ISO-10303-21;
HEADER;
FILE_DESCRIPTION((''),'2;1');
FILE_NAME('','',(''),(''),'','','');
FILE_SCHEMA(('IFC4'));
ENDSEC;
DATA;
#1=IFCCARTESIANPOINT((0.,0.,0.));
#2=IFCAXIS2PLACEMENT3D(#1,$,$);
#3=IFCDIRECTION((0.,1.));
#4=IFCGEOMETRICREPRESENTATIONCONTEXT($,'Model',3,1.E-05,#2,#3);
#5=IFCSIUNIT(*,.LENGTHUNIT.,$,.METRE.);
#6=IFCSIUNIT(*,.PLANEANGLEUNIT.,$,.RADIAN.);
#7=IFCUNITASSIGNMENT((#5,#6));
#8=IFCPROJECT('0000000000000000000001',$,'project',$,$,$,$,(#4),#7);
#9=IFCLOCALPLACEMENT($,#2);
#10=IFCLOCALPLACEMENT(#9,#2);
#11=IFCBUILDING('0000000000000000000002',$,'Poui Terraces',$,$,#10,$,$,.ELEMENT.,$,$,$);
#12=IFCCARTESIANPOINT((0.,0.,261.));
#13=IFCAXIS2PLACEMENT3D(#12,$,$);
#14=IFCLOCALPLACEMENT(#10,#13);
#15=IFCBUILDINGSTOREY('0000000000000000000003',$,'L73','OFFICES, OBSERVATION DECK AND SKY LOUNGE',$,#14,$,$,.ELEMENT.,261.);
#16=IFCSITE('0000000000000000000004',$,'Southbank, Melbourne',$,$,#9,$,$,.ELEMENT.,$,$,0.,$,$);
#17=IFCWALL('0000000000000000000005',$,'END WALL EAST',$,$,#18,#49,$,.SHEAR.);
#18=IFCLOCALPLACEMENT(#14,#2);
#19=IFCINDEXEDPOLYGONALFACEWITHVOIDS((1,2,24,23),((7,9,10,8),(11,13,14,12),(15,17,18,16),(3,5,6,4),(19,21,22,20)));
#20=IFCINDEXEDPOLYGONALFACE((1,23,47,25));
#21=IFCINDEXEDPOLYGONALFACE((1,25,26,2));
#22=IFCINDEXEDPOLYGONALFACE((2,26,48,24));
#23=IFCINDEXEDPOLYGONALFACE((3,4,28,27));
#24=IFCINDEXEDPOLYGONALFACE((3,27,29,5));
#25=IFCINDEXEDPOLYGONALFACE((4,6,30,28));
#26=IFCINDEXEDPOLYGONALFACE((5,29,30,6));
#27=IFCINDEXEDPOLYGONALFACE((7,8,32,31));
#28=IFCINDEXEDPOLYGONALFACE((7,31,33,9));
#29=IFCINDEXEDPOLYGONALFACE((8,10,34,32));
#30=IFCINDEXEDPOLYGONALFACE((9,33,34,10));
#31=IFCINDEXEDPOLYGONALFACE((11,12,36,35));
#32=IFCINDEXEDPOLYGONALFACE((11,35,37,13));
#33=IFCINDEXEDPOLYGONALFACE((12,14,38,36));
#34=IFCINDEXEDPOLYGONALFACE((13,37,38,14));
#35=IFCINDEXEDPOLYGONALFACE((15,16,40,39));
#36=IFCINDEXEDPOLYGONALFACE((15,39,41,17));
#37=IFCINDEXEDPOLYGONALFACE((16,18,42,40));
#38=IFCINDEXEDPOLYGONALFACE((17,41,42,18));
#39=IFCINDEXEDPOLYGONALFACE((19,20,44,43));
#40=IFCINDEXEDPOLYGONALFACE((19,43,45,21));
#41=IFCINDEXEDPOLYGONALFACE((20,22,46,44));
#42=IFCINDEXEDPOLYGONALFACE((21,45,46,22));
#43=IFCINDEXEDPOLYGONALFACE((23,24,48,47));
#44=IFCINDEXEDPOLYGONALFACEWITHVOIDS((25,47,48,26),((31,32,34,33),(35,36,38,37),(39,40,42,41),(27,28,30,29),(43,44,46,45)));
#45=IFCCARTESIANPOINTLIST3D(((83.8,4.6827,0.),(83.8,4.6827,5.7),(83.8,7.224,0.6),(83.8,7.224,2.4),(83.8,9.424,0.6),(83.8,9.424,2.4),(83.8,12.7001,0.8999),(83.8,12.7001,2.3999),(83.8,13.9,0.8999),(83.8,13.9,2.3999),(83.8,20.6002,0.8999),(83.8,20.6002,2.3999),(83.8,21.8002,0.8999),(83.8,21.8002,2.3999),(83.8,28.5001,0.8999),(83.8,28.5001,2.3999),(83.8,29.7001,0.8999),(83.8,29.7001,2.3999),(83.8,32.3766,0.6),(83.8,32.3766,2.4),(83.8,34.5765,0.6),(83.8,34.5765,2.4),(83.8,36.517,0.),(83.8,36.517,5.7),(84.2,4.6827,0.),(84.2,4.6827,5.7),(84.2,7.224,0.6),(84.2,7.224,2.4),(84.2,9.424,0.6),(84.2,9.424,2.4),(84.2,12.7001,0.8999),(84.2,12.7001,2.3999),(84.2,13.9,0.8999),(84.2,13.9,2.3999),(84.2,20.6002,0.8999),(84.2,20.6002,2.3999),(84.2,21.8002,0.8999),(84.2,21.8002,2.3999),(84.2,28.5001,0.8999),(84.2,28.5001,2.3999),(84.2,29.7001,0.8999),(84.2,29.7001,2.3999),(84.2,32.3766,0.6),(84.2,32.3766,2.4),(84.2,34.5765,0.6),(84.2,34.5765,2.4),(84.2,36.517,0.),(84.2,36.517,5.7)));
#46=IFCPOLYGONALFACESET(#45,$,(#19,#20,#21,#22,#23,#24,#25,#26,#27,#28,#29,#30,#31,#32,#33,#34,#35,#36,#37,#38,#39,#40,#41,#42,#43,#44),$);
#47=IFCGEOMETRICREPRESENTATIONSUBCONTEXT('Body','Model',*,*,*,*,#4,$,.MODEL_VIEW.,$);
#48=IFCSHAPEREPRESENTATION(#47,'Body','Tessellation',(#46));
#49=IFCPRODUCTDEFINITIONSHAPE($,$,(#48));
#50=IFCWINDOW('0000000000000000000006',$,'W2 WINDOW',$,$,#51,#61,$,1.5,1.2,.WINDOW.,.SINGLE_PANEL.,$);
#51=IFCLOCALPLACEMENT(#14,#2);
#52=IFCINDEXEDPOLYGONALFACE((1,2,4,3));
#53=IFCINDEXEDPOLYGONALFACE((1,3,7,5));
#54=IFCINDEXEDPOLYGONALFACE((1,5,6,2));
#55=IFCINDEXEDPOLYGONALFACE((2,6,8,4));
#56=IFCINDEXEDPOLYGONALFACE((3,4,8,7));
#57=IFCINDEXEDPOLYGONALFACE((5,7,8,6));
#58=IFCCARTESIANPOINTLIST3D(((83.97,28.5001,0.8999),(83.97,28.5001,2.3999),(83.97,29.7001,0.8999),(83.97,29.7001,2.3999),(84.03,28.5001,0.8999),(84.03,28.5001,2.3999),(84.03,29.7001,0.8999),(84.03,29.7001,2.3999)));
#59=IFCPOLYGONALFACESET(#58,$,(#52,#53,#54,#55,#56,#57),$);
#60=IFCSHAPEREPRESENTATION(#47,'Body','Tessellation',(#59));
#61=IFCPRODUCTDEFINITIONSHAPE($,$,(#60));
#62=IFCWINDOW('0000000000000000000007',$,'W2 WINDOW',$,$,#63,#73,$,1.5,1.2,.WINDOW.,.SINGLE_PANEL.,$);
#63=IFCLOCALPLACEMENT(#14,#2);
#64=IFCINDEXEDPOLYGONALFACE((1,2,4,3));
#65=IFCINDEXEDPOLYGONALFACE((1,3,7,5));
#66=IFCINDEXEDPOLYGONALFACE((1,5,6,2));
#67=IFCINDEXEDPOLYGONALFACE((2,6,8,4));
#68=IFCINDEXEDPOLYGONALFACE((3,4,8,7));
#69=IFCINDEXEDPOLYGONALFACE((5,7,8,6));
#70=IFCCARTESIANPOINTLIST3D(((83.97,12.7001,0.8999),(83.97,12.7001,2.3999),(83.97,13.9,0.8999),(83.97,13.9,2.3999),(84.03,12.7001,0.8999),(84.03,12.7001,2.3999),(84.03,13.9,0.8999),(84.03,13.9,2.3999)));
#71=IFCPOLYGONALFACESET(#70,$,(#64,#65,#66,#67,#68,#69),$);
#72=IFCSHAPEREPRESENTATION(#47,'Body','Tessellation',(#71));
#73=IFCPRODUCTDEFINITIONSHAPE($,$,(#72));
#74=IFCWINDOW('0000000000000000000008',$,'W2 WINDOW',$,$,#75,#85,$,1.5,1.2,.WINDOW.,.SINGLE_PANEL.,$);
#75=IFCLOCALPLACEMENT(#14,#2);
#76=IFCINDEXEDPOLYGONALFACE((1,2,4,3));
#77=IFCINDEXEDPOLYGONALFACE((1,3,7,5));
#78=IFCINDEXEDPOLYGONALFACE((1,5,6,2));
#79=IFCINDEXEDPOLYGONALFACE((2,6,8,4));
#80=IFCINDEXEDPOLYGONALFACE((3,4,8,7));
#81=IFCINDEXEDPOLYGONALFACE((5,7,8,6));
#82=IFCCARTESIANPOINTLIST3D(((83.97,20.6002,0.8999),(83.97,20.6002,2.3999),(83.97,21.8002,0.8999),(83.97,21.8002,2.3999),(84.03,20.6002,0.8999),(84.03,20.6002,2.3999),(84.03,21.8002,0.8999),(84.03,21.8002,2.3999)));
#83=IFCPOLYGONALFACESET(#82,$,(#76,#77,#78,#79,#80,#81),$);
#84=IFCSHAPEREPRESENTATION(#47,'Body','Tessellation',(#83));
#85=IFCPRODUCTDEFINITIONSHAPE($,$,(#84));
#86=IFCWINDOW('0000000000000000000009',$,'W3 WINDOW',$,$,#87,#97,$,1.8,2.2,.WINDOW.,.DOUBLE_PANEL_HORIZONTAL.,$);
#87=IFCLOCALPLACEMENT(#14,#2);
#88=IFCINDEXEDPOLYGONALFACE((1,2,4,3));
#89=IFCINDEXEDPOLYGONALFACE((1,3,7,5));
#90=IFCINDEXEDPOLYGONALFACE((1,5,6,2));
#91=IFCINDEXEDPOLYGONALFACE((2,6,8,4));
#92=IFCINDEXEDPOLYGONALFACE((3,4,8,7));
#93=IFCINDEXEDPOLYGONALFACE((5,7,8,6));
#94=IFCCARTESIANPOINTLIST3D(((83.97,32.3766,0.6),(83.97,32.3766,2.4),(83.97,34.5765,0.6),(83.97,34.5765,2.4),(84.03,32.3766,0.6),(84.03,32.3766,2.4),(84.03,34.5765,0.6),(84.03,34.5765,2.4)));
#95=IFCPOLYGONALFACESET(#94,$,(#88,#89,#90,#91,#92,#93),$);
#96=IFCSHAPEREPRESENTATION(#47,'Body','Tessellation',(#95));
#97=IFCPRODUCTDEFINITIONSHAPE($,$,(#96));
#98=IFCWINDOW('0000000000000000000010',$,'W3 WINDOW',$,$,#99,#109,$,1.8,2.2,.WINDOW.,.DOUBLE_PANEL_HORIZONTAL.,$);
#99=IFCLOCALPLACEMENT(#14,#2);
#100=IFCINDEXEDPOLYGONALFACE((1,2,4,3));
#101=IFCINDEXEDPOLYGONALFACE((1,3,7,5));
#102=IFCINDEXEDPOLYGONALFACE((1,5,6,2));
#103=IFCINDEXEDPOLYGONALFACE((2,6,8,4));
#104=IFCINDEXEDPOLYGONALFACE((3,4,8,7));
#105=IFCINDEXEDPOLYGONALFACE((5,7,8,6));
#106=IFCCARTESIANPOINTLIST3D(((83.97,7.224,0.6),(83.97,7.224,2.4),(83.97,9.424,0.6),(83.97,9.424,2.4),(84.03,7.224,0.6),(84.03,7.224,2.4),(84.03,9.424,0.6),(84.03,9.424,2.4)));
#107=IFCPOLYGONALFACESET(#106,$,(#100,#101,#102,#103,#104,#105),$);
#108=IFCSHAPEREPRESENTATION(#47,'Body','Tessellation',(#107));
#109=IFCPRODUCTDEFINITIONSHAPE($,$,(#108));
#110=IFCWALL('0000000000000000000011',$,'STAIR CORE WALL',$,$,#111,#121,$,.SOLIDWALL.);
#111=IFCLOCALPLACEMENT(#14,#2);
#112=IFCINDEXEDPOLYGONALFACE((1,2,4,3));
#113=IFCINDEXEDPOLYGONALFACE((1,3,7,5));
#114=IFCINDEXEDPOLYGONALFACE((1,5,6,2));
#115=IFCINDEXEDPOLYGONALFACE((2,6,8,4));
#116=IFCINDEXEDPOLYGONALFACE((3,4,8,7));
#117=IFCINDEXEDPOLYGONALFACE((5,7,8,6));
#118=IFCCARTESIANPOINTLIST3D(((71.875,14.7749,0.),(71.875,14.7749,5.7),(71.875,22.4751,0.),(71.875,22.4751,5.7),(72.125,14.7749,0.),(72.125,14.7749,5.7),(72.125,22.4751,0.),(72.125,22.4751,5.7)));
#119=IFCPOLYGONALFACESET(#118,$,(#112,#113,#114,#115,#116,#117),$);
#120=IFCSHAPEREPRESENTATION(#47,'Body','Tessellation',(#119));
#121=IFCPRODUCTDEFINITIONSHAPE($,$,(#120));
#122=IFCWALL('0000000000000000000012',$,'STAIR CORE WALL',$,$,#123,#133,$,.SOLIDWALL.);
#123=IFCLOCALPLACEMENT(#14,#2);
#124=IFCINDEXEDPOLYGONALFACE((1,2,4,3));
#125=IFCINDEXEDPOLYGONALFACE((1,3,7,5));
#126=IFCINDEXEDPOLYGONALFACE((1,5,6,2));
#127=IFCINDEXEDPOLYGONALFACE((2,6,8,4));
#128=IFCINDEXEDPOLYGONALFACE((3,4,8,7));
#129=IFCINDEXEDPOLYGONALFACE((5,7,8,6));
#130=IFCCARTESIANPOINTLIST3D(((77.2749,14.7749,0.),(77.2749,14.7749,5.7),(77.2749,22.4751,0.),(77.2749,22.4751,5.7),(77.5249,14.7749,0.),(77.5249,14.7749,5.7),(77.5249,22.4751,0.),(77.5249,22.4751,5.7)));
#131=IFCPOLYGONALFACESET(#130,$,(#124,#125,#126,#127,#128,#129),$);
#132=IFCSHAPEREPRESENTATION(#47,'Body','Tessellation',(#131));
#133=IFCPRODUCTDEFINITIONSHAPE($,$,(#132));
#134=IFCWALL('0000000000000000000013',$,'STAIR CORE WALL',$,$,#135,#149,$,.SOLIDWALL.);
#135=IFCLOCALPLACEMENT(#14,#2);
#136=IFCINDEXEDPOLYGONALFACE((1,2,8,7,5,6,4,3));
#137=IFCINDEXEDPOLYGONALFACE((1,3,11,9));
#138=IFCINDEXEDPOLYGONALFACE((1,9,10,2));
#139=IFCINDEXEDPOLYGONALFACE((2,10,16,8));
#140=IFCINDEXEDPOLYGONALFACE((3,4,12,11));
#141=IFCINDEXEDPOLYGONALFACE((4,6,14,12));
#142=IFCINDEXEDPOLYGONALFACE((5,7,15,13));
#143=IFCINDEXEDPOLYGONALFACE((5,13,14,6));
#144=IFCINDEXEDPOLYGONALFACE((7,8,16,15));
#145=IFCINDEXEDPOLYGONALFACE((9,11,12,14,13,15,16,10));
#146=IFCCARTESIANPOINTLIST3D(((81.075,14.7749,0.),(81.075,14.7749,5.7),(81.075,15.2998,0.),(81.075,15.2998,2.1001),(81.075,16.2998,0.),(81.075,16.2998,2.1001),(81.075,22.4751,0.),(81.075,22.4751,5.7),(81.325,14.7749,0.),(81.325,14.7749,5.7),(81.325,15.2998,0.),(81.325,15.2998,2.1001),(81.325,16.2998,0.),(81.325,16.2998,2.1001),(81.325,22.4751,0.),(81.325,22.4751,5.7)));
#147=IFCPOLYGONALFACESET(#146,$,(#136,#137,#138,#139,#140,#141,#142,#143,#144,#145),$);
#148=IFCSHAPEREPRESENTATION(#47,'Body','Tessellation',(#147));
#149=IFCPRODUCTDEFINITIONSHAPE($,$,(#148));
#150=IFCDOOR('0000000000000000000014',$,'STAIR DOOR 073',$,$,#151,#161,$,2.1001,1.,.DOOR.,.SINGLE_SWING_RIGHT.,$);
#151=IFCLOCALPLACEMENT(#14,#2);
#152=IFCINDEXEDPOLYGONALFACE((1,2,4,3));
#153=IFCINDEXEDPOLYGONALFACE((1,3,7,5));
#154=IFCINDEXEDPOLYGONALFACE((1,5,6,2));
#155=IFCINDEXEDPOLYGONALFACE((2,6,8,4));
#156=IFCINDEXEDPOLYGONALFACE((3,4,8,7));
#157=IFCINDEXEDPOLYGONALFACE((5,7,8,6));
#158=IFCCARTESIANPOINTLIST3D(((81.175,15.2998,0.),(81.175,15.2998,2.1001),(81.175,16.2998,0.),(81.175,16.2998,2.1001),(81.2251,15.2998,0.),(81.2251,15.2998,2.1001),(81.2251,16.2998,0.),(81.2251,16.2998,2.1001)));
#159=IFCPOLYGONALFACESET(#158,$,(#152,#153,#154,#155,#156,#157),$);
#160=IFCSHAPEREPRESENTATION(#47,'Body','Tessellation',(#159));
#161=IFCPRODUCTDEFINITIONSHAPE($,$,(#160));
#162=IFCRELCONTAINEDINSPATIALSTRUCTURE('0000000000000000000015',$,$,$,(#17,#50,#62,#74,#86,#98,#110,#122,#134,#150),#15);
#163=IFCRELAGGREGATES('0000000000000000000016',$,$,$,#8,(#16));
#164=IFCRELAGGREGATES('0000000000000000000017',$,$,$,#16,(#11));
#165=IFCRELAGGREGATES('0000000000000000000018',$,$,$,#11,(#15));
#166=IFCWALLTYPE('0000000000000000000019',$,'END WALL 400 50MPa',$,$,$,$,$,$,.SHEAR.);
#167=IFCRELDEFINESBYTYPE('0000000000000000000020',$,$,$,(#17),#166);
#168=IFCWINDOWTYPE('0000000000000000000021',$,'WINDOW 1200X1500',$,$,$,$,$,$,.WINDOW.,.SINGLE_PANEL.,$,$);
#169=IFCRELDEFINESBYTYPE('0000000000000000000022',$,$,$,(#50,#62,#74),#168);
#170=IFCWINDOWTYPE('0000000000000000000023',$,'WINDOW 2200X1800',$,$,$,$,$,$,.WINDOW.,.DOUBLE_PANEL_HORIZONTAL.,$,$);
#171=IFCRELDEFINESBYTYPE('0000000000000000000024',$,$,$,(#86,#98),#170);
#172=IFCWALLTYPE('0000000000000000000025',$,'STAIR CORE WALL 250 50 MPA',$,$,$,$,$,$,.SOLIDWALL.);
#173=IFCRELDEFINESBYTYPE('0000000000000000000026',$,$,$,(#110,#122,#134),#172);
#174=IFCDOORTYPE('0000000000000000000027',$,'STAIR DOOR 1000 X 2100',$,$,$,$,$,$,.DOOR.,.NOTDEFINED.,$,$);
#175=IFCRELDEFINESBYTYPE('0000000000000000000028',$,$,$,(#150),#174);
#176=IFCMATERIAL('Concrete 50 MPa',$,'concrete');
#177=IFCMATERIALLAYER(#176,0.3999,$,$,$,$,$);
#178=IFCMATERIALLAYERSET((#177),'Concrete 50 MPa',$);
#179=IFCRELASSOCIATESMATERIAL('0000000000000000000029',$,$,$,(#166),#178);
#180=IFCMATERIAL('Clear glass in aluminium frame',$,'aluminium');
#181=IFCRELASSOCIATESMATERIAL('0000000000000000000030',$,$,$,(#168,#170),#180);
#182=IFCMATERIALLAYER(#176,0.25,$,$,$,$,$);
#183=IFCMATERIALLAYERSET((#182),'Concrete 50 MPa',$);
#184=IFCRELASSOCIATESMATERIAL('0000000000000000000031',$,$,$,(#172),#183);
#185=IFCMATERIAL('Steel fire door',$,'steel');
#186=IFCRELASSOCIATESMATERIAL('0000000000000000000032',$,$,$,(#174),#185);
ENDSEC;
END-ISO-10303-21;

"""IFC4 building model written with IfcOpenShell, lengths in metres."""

from ifc_helpers import new_model, si_unit, direction, frame, frame_2d, origin, place, context, subcontext, project, spatial, rectangle, extrude, material, layer, layer_set, type_object, element, fill, save


model = new_model("IFC4")

# Units and contexts
model_context = context("Model", 3, precision=1e-05, world=origin(), true_north=direction((0.0, 1.0)))
body_context = subcontext(model_context, "Body", "Model", "MODEL_VIEW")
ifc_project = project(units=[si_unit("LENGTHUNIT", "METRE"), si_unit("PLANEANGLEUNIT", "RADIAN")], contexts=[model_context])

# Site, building, storey
site_placement = place(None, origin())
site = spatial("IfcSite", under=ifc_project, at=site_placement, Name="Southbank, Melbourne", CompositionType="ELEMENT", RefElevation=0.0)
building_placement = place(site_placement, origin())
building = spatial("IfcBuilding", under=site, at=building_placement, Name="Poui Terraces", CompositionType="ELEMENT")
storey_placement = place(building_placement, frame((0.0, 0.0, 261.0)))
storey = spatial("IfcBuildingStorey", under=building, at=storey_placement, Name="L73", Description="OFFICES, OBSERVATION DECK AND SKY LOUNGE", CompositionType="ELEMENT", Elevation=261.0)

# Shared definitions
ifc_material_1 = material(Name="Concrete 50 MPa", Category="concrete")

# Wall, openings, windows
ifc_layer_1 = layer(ifc_material_1, 0.3999)
ifc_layer_set_1 = layer_set([ifc_layer_1], Name="Concrete 50 MPa")
wall_type_1 = type_object("IfcWallType", Name="END WALL 400 50MPa", PredefinedType="SHEAR", material=ifc_layer_set_1)
wall_1_placement = place(storey_placement, frame((84.0, 4.6829, 0.0), z_axis=(0.0, 0.0, 1.0), x_axis=(0.0, 1.0, 0.0)))
wall_1 = element("IfcWall", 1, at=wall_1_placement, inside=storey, type_object=wall_type_1, Name="END WALL EAST", PredefinedType="SHEAR", context=body_context, shape_type="SweptSolid", body=[
    extrude(rectangle(XDim=31.8342, YDim=0.3999, at=frame_2d((15.917, 0.0))), origin(), (0.0, 0.0, 1.0), 5.7),
])
opening_1_placement = place(wall_1_placement, frame((23.8171, 0.0, 0.8999)))
opening_1 = element("IfcOpeningElement", 2, at=opening_1_placement, cuts=wall_1, PredefinedType="OPENING", context=body_context, shape_type="SweptSolid", body=[
    extrude(rectangle(XDim=1.2, YDim=1.5, at=frame_2d((0.6001, 0.75))), frame((0.0, 0.21, 0.0), z_axis=(0.0, -1.0, 0.0), x_axis=(1.0, 0.0, 0.0)), (0.0, 0.0, 1.0), 0.4199),
])
opening_2_placement = place(wall_1_placement, frame((8.0171, 0.0, 0.8999)))
opening_2 = element("IfcOpeningElement", 3, at=opening_2_placement, cuts=wall_1, PredefinedType="OPENING", context=body_context, shape_type="SweptSolid", body=[
    extrude(rectangle(XDim=1.2, YDim=1.5, at=frame_2d((0.6001, 0.75))), frame((0.0, 0.21, 0.0), z_axis=(0.0, -1.0, 0.0), x_axis=(1.0, 0.0, 0.0)), (0.0, 0.0, 1.0), 0.4199),
])
opening_3_placement = place(wall_1_placement, frame((27.6936, 0.0, 0.6001)))
opening_3 = element("IfcOpeningElement", 4, at=opening_3_placement, cuts=wall_1, PredefinedType="OPENING", context=body_context, shape_type="SweptSolid", body=[
    extrude(rectangle(XDim=2.2, YDim=1.8, at=frame_2d((1.1001, 0.8999))), frame((0.0, 0.21, 0.0), z_axis=(0.0, -1.0, 0.0), x_axis=(1.0, 0.0, 0.0)), (0.0, 0.0, 1.0), 0.4199),
])
opening_4_placement = place(wall_1_placement, frame((2.541, 0.0, 0.6001)))
opening_4 = element("IfcOpeningElement", 5, at=opening_4_placement, cuts=wall_1, PredefinedType="OPENING", context=body_context, shape_type="SweptSolid", body=[
    extrude(rectangle(XDim=2.2, YDim=1.8, at=frame_2d((1.1001, 0.8999))), frame((0.0, 0.21, 0.0), z_axis=(0.0, -1.0, 0.0), x_axis=(1.0, 0.0, 0.0)), (0.0, 0.0, 1.0), 0.4199),
])
opening_5_placement = place(wall_1_placement, frame((15.9172, 0.0, 0.8999)))
opening_5 = element("IfcOpeningElement", 6, at=opening_5_placement, cuts=wall_1, PredefinedType="OPENING", context=body_context, shape_type="SweptSolid", body=[
    extrude(rectangle(XDim=1.2, YDim=1.5, at=frame_2d((0.6001, 0.75))), frame((0.0, 0.21, 0.0), z_axis=(0.0, -1.0, 0.0), x_axis=(1.0, 0.0, 0.0)), (0.0, 0.0, 1.0), 0.4199),
])
ifc_material_2 = material(Name="Clear glass in aluminium frame", Category="aluminium")
window_type_1 = type_object("IfcWindowType", Name="WINDOW 1200X1500", PartitioningType="SINGLE_PANEL", PredefinedType="WINDOW", material=ifc_material_2)
window_1_placement = place(opening_1_placement, origin())
window_1 = element("IfcWindow", 7, at=window_1_placement, inside=storey, type_object=window_type_1, Name="W2 WINDOW", OverallHeight=1.5, OverallWidth=1.2, PartitioningType="SINGLE_PANEL", PredefinedType="WINDOW", context=body_context, shape_type="SweptSolid", body=[
    extrude(rectangle(XDim=1.2, YDim=1.5, at=frame_2d((0.6001, 0.75))), frame((0.0, 0.03, 0.0), z_axis=(0.0, -1.0, 0.0), x_axis=(1.0, 0.0, 0.0)), (0.0, 0.0, 1.0), 0.0601),
])
fill(opening_1, window_1)
window_2_placement = place(opening_2_placement, origin())
window_2 = element("IfcWindow", 8, at=window_2_placement, inside=storey, type_object=window_type_1, Name="W2 WINDOW", OverallHeight=1.5, OverallWidth=1.2, PartitioningType="SINGLE_PANEL", PredefinedType="WINDOW", context=body_context, shape_type="SweptSolid", body=[
    extrude(rectangle(XDim=1.2, YDim=1.5, at=frame_2d((0.6001, 0.75))), frame((0.0, 0.03, 0.0), z_axis=(0.0, -1.0, 0.0), x_axis=(1.0, 0.0, 0.0)), (0.0, 0.0, 1.0), 0.0601),
])
fill(opening_2, window_2)
window_3_placement = place(opening_5_placement, origin())
window_3 = element("IfcWindow", 9, at=window_3_placement, inside=storey, type_object=window_type_1, Name="W2 WINDOW", OverallHeight=1.5, OverallWidth=1.2, PartitioningType="SINGLE_PANEL", PredefinedType="WINDOW", context=body_context, shape_type="SweptSolid", body=[
    extrude(rectangle(XDim=1.2, YDim=1.5, at=frame_2d((0.6001, 0.75))), frame((0.0, 0.03, 0.0), z_axis=(0.0, -1.0, 0.0), x_axis=(1.0, 0.0, 0.0)), (0.0, 0.0, 1.0), 0.0601),
])
fill(opening_5, window_3)
window_type_2 = type_object("IfcWindowType", Name="WINDOW 2200X1800", PartitioningType="DOUBLE_PANEL_HORIZONTAL", PredefinedType="WINDOW", material=ifc_material_2)
window_4_placement = place(opening_3_placement, origin())
window_4 = element("IfcWindow", 10, at=window_4_placement, inside=storey, type_object=window_type_2, Name="W3 WINDOW", OverallHeight=1.8, OverallWidth=2.2, PartitioningType="DOUBLE_PANEL_HORIZONTAL", PredefinedType="WINDOW", context=body_context, shape_type="SweptSolid", body=[
    extrude(rectangle(XDim=2.2, YDim=1.8, at=frame_2d((1.1001, 0.8999))), frame((0.0, 0.03, 0.0), z_axis=(0.0, -1.0, 0.0), x_axis=(1.0, 0.0, 0.0)), (0.0, 0.0, 1.0), 0.0601),
])
fill(opening_3, window_4)
window_5_placement = place(opening_4_placement, origin())
window_5 = element("IfcWindow", 11, at=window_5_placement, inside=storey, type_object=window_type_2, Name="W3 WINDOW", OverallHeight=1.8, OverallWidth=2.2, PartitioningType="DOUBLE_PANEL_HORIZONTAL", PredefinedType="WINDOW", context=body_context, shape_type="SweptSolid", body=[
    extrude(rectangle(XDim=2.2, YDim=1.8, at=frame_2d((1.1001, 0.8999))), frame((0.0, 0.03, 0.0), z_axis=(0.0, -1.0, 0.0), x_axis=(1.0, 0.0, 0.0)), (0.0, 0.0, 1.0), 0.0601),
])
fill(opening_4, window_5)

# Walls
ifc_layer_2 = layer(ifc_material_1, 0.25)
ifc_layer_set_2 = layer_set([ifc_layer_2], Name="Concrete 50 MPa")
wall_type_2 = type_object("IfcWallType", Name="STAIR CORE WALL 250 50 MPA", PredefinedType="SOLIDWALL", material=ifc_layer_set_2)
for number, where, z_axis, x_axis, name in (
    (12, (72.0, 14.7749, 0.0), (0.0, 0.0, 1.0), (0.0, 1.0, 0.0), "STAIR CORE WALL"),
    (13, (77.3999, 14.7749, 0.0), (0.0, 0.0, 1.0), (0.0, 1.0, 0.0), "STAIR CORE WALL"),
):
    element("IfcWall", number, at=place(storey_placement, frame(where, z_axis=z_axis, x_axis=x_axis)), inside=storey, type_object=wall_type_2, Name=name, PredefinedType="SOLIDWALL", context=body_context, shape_type="SweptSolid", body=[
        extrude(rectangle(XDim=7.7002, YDim=0.25, at=frame_2d((3.8501, 0.0))), origin(), (0.0, 0.0, 1.0), 5.7),
    ])

# Wall, opening, door
wall_2_placement = place(storey_placement, frame((81.2, 14.7749, 0.0), z_axis=(0.0, 0.0, 1.0), x_axis=(0.0, 1.0, 0.0)))
wall_2 = element("IfcWall", 14, at=wall_2_placement, inside=storey, type_object=wall_type_2, Name="STAIR CORE WALL", PredefinedType="SOLIDWALL", context=body_context, shape_type="SweptSolid", body=[
    extrude(rectangle(XDim=7.7002, YDim=0.25, at=frame_2d((3.8501, 0.0))), origin(), (0.0, 0.0, 1.0), 5.7),
])
opening_6_placement = place(wall_2_placement, frame((0.5249, 0.0, 0.0)))
opening_6 = element("IfcOpeningElement", 15, at=opening_6_placement, cuts=wall_2, PredefinedType="OPENING", context=body_context, shape_type="SweptSolid", body=[
    extrude(rectangle(XDim=1.0, YDim=2.1001, at=frame_2d((0.5, 1.05))), frame((0.0, 0.135, 0.0), z_axis=(0.0, -1.0, 0.0), x_axis=(1.0, 0.0, 0.0)), (0.0, 0.0, 1.0), 0.27),
])
ifc_material_3 = material(Name="Steel fire door", Category="steel")
door_type_1 = type_object("IfcDoorType", Name="STAIR DOOR 1000 X 2100", OperationType="NOTDEFINED", PredefinedType="DOOR", material=ifc_material_3)
door_1_placement = place(opening_6_placement, origin())
door_1 = element("IfcDoor", 16, at=door_1_placement, inside=storey, type_object=door_type_1, Name="STAIR DOOR 073", OperationType="SINGLE_SWING_RIGHT", OverallHeight=2.1001, OverallWidth=1.0, PredefinedType="DOOR", context=body_context, shape_type="SweptSolid", body=[
    extrude(rectangle(XDim=1.0, YDim=2.1001, at=frame_2d((0.5, 1.05))), frame((0.0, 0.0249, 0.0), z_axis=(0.0, -1.0, 0.0), x_axis=(1.0, 0.0, 0.0)), (0.0, 0.0, 1.0), 0.05),
])
fill(opening_6, door_1)

save(model, "model.ifc")
